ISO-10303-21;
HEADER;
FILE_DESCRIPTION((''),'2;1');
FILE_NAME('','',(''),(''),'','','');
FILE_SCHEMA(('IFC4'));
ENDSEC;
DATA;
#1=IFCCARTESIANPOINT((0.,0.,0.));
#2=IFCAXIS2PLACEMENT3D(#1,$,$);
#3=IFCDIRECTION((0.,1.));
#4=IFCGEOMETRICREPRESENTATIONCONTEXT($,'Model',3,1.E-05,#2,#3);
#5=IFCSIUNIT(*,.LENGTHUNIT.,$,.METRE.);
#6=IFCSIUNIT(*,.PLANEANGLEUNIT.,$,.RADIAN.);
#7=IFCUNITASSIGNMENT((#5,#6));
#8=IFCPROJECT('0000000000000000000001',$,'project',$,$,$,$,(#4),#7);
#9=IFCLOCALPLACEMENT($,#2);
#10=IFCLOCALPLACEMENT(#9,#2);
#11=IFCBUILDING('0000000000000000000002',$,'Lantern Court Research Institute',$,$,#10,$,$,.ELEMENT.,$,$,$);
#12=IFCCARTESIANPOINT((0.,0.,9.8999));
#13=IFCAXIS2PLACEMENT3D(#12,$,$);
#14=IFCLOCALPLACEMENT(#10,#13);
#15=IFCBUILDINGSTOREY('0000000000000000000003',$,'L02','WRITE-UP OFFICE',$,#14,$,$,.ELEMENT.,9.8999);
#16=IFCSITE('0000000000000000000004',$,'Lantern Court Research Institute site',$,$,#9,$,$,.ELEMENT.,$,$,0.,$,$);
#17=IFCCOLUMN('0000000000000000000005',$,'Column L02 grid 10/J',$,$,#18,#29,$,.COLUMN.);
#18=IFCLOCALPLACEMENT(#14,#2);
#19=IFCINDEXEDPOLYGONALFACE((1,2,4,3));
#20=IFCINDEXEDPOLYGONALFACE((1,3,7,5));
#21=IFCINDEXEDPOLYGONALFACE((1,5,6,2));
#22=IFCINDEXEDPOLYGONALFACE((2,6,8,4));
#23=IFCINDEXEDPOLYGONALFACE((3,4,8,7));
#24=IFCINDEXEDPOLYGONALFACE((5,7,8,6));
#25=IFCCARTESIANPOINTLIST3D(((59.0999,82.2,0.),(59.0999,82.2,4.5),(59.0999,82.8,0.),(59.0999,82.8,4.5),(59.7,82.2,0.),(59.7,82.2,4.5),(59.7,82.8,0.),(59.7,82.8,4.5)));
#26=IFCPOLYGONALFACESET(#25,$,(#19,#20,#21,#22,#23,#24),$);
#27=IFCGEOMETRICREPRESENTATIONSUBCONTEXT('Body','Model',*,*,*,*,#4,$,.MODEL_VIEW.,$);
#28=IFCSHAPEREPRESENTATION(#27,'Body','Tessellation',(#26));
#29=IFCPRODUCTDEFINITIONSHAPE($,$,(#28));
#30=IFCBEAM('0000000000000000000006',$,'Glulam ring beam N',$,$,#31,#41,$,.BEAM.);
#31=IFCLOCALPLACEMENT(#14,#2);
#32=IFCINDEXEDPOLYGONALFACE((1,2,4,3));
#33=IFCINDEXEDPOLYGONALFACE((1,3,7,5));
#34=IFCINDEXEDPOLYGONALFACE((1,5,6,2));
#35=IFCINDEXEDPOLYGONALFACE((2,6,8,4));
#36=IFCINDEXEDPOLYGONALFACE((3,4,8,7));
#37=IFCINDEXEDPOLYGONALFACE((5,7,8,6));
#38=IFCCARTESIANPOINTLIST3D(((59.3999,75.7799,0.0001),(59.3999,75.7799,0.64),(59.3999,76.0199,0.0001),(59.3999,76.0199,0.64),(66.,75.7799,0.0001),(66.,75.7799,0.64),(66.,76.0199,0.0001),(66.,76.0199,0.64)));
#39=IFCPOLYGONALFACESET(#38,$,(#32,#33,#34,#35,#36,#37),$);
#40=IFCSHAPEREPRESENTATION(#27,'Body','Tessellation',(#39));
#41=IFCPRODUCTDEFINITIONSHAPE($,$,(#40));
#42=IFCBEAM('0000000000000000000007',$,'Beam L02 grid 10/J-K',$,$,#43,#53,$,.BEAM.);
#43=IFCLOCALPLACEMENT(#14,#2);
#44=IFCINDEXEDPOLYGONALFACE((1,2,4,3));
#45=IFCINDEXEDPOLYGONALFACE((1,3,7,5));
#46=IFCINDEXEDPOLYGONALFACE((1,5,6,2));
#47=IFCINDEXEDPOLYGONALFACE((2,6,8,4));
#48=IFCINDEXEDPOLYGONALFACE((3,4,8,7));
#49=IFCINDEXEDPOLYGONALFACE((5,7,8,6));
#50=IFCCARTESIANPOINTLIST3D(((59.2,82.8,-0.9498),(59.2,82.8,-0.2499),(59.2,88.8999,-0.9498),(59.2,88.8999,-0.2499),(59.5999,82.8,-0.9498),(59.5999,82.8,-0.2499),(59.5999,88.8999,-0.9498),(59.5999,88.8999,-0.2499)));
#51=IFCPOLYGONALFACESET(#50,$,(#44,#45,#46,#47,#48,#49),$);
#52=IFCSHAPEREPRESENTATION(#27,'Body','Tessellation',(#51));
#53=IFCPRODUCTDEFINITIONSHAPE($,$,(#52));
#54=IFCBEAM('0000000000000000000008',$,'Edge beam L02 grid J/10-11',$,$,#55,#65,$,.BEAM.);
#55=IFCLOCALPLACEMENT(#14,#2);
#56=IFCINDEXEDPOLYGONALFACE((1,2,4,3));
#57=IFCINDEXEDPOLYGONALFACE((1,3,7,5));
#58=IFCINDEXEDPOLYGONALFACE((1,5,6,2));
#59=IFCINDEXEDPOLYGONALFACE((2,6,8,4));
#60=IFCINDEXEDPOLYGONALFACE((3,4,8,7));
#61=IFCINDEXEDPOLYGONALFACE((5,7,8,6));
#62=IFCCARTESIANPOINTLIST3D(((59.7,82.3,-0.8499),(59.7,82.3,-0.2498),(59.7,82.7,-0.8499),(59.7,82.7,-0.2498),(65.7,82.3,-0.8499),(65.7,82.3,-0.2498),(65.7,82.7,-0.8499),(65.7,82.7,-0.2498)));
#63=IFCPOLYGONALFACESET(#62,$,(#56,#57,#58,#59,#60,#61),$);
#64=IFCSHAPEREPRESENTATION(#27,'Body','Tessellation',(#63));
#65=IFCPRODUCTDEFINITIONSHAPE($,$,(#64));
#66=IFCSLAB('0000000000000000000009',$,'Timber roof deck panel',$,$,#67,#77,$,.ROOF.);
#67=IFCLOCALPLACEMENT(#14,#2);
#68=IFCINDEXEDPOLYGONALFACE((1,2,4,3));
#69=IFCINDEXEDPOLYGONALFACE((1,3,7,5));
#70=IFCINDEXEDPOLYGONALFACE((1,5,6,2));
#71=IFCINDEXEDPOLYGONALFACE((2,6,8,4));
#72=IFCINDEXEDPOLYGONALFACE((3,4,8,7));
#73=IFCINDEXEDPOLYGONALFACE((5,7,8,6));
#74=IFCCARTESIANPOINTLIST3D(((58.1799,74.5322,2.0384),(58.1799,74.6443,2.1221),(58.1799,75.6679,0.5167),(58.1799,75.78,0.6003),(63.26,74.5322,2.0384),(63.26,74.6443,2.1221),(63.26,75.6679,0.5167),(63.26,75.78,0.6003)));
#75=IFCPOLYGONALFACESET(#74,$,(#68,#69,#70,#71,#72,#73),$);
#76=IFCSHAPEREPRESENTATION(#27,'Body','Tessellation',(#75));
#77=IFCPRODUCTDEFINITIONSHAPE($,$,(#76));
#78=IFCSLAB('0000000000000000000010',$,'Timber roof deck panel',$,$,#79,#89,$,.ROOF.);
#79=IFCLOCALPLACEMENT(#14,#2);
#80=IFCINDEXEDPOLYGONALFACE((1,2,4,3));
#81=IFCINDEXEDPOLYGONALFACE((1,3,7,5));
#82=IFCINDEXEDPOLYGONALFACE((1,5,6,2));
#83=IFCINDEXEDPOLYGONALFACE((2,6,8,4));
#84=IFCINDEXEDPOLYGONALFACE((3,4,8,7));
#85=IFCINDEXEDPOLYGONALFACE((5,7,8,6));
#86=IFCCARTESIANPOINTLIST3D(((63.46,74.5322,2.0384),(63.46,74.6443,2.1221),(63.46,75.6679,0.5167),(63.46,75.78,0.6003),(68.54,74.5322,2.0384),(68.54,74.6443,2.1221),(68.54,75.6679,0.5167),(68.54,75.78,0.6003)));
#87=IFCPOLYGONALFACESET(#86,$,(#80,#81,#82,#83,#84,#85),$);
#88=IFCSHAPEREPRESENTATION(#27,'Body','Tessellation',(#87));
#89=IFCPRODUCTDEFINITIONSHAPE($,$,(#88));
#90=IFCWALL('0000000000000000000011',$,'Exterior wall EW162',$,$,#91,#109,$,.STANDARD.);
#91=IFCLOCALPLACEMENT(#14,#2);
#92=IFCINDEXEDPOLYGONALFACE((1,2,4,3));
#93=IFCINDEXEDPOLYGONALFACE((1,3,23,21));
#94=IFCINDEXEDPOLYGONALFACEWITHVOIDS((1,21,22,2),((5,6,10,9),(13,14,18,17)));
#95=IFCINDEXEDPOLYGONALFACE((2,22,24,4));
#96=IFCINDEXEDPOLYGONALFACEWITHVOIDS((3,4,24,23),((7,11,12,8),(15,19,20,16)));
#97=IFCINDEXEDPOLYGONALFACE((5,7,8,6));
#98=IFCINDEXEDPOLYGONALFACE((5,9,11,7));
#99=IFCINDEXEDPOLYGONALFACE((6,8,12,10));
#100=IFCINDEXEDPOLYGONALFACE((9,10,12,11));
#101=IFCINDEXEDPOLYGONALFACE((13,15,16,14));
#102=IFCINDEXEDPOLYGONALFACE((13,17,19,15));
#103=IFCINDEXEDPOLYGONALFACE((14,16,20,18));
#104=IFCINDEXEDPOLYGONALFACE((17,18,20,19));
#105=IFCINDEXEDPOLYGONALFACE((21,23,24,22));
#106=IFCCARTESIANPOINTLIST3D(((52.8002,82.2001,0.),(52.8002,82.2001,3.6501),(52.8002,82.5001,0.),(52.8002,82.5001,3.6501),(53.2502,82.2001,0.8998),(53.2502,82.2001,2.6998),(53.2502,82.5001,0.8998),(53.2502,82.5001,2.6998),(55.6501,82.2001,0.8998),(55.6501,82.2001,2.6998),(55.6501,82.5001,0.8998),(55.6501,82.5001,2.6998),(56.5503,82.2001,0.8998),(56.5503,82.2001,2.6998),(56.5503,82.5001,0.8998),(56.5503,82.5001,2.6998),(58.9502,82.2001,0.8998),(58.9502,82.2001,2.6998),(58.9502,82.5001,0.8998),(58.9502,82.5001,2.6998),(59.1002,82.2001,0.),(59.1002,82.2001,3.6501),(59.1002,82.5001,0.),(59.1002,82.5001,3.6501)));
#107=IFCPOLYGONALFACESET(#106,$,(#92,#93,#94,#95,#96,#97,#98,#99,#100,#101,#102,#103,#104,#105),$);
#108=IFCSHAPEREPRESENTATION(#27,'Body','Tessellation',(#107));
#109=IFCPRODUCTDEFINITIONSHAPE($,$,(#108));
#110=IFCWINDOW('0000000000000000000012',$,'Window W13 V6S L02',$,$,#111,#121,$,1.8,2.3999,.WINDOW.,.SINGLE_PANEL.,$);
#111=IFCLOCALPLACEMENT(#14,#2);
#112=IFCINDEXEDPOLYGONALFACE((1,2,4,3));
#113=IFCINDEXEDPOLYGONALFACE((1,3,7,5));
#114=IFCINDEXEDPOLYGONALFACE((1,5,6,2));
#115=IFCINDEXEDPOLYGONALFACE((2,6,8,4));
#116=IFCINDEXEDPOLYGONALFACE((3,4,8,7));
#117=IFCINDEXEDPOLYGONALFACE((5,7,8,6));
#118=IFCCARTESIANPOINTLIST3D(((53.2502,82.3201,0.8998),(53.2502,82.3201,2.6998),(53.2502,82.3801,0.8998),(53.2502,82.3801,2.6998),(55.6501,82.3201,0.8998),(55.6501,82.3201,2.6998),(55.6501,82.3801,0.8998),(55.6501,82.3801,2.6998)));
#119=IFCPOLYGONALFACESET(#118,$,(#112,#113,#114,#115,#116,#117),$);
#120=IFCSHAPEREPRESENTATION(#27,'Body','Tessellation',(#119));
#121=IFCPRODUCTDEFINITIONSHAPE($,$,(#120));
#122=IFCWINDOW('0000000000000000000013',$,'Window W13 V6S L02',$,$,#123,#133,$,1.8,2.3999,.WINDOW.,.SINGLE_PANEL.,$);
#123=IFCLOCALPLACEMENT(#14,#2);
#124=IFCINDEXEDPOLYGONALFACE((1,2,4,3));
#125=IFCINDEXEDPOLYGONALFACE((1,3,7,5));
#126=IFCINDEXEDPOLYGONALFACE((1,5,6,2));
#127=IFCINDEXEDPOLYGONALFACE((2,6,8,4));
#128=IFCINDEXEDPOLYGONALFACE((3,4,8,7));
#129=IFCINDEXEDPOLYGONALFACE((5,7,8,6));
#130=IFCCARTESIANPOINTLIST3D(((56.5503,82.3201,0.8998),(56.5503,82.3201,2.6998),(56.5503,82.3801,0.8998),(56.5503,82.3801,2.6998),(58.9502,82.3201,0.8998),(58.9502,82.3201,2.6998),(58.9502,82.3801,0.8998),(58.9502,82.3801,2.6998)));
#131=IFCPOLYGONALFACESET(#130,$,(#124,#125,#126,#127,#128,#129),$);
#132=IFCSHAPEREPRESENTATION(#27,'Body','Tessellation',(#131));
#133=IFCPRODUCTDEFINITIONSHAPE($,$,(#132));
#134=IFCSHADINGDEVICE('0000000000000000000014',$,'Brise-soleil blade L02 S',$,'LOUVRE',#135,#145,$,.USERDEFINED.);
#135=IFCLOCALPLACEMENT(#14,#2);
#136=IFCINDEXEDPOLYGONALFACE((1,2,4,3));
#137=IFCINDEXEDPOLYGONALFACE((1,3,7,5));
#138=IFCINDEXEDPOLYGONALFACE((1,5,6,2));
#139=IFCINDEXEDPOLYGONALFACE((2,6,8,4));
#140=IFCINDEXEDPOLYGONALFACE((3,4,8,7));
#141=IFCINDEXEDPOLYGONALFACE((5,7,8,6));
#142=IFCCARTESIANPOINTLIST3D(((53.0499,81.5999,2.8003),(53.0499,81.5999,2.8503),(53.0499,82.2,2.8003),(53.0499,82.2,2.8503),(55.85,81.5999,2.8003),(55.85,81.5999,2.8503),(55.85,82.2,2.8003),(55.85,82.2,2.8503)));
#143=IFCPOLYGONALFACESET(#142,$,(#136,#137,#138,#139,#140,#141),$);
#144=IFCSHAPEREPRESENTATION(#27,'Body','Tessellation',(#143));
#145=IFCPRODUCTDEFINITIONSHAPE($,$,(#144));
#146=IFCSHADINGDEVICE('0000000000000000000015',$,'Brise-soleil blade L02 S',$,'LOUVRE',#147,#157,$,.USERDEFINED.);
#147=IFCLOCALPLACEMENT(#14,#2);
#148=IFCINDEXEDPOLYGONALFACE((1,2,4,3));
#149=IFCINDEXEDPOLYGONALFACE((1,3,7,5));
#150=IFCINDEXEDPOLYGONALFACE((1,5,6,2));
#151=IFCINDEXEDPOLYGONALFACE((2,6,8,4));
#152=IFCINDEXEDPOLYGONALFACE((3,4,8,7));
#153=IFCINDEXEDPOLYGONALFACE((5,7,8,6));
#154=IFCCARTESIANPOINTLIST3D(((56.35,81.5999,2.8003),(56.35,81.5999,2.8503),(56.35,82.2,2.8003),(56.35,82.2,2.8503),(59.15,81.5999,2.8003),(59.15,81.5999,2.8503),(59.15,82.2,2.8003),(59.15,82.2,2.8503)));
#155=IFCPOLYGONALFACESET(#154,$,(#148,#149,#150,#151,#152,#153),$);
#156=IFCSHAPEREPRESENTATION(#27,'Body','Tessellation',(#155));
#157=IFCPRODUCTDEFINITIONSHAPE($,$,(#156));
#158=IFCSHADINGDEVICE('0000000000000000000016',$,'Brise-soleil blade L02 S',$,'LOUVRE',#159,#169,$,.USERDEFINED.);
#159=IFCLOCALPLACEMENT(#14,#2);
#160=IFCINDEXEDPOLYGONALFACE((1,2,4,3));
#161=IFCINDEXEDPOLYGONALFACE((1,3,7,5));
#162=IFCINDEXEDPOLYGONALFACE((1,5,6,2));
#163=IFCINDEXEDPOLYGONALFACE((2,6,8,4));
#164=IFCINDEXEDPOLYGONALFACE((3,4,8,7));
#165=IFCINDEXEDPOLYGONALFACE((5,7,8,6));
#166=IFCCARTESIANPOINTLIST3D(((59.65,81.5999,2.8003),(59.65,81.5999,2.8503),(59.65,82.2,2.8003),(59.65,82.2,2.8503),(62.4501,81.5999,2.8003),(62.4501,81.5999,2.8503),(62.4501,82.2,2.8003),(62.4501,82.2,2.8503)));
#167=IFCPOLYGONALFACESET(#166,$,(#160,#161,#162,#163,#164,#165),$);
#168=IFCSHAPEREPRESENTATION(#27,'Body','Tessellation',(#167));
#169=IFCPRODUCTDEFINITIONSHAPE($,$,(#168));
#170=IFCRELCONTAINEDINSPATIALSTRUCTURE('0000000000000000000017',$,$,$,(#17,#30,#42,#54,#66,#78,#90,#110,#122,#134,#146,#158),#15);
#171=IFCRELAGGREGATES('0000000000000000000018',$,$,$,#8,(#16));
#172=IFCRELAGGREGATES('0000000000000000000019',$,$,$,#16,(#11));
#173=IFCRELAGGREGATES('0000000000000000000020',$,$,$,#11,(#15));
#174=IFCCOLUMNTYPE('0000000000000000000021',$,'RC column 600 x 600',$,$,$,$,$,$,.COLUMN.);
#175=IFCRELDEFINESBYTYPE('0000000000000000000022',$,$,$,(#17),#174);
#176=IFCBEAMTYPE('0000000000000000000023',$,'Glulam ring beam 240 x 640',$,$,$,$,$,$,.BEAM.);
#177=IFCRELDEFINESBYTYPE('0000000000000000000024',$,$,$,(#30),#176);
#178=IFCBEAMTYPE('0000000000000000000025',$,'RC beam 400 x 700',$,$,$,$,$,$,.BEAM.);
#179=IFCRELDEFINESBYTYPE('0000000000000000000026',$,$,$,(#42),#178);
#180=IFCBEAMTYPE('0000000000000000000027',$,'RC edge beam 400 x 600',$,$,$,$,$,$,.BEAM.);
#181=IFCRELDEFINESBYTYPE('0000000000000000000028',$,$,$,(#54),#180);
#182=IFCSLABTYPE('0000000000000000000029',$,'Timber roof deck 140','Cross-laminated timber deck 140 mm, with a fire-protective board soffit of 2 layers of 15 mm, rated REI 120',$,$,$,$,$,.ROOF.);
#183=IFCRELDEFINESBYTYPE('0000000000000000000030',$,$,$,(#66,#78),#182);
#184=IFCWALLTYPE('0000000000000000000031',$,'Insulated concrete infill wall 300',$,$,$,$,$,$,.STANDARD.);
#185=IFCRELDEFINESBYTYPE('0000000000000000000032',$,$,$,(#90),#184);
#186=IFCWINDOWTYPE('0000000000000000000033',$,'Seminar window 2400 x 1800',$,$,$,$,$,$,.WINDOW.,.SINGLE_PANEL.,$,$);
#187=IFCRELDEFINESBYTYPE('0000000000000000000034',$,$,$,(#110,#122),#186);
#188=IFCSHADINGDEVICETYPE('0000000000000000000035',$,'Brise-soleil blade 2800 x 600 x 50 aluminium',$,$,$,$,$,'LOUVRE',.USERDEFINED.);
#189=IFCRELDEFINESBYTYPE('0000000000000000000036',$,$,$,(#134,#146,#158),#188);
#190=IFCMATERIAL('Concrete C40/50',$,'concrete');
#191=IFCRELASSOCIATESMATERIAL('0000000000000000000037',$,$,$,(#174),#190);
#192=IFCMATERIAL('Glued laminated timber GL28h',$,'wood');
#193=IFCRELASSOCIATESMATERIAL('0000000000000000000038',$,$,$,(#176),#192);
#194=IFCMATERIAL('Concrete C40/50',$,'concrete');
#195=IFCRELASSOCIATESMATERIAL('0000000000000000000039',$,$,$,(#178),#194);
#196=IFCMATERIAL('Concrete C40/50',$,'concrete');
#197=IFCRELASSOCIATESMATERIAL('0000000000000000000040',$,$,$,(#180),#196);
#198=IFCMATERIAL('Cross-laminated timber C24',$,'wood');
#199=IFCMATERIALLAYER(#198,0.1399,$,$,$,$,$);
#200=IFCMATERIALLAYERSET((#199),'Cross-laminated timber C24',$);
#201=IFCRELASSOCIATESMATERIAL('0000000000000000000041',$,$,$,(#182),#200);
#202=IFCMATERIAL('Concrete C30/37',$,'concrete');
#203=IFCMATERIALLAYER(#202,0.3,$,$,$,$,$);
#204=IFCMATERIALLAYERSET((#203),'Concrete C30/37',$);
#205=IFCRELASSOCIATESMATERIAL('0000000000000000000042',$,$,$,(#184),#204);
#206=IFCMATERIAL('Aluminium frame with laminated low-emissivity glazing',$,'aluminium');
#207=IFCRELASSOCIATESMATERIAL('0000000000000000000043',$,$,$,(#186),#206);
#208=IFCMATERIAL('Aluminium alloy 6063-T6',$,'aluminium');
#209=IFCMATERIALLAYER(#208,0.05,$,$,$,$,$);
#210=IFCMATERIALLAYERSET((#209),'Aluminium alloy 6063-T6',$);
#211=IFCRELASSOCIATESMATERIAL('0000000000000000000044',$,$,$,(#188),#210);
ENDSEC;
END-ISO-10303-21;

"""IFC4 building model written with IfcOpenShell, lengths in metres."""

from ifc_helpers import new_model, si_unit, direction, frame, frame_2d, origin, origin_2d, place, context, subcontext, project, spatial, polyline, rectangle, outline, extrude, material, layer, layer_set, material_profile, profile_set, type_object, element, fill, save


model = new_model("IFC4")

# Units and contexts
model_context = context("Model", 3, precision=1e-05, world=origin(), true_north=direction((0.0, 1.0)))
body_context = subcontext(model_context, "Body", "Model", "MODEL_VIEW")
ifc_project = project(units=[si_unit("LENGTHUNIT", "METRE"), si_unit("PLANEANGLEUNIT", "RADIAN")], contexts=[model_context])

# Site, building, storey
site_placement = place(None, origin())
site = spatial("IfcSite", under=ifc_project, at=site_placement, Name="Lantern Court Research Institute site", CompositionType="ELEMENT", RefElevation=0.0)
building_placement = place(site_placement, origin())
building = spatial("IfcBuilding", under=site, at=building_placement, Name="Lantern Court Research Institute", CompositionType="ELEMENT")
storey_placement = place(building_placement, frame((0.0, 0.0, 9.8999)))
storey = spatial("IfcBuildingStorey", under=building, at=storey_placement, Name="L02", Description="WRITE-UP OFFICE", CompositionType="ELEMENT", Elevation=9.8999)

# Column
ifc_material_1 = material(Name="Concrete C40/50", Category="concrete")
ifc_material_profile_1 = material_profile(ifc_material_1, rectangle(XDim=0.6001, YDim=0.6001, at=origin_2d()), Name="RC column 600 x 600")
ifc_profile_set_1 = profile_set([ifc_material_profile_1], Name="Concrete C40/50")
column_type = type_object("IfcColumnType", Name="RC column 600 x 600", PredefinedType="COLUMN", material=ifc_profile_set_1)
column_placement = place(storey_placement, frame((59.3999, 82.5, 0.0), z_axis=(0.0, 0.0, 1.0), x_axis=(1.0, 0.0, 0.0)))
element("IfcColumn", 1, at=column_placement, inside=storey, type_object=column_type, Name="Column L02 grid 10/J", PredefinedType="COLUMN", context=body_context, shape_type="SweptSolid", body=[
    extrude(rectangle(XDim=0.6001, YDim=0.6001, at=origin_2d()), origin(), (0.0, 0.0, 1.0), 4.5),
])

# Beams
ifc_material_2 = material(Name="Glued laminated timber GL28h", Category="wood")
ifc_material_profile_2 = material_profile(ifc_material_2, rectangle(XDim=0.24, YDim=0.6399, at=origin_2d()), Name="Glulam ring beam 240 x 640")
ifc_profile_set_2 = profile_set([ifc_material_profile_2], Name="Glued laminated timber GL28h")
beam_type_1 = type_object("IfcBeamType", Name="Glulam ring beam 240 x 640", PredefinedType="BEAM", material=ifc_profile_set_2)
beam_1_placement = place(storey_placement, frame((59.3999, 75.8999, 0.3201), z_axis=(1.0, 0.0, 0.0), x_axis=(0.0, 1.0, 0.0)))
element("IfcBeam", 2, at=beam_1_placement, inside=storey, type_object=beam_type_1, Name="Glulam ring beam N", PredefinedType="BEAM", context=body_context, shape_type="SweptSolid", body=[
    extrude(rectangle(XDim=0.24, YDim=0.6399, at=origin_2d()), origin(), (0.0, 0.0, 1.0), 6.6001),
])
ifc_material_3 = material(Name="Concrete C40/50", Category="concrete")
ifc_material_profile_3 = material_profile(ifc_material_3, rectangle(XDim=0.3999, YDim=0.7, at=origin_2d()), Name="RC beam 400 x 700")
ifc_profile_set_3 = profile_set([ifc_material_profile_3], Name="Concrete C40/50")
beam_type_2 = type_object("IfcBeamType", Name="RC beam 400 x 700", PredefinedType="BEAM", material=ifc_profile_set_3)
beam_2_placement = place(storey_placement, frame((59.3999, 82.8, -0.5999), z_axis=(0.0, 1.0, 0.0), x_axis=(-1.0, 0.0, 0.0)))
element("IfcBeam", 3, at=beam_2_placement, inside=storey, type_object=beam_type_2, Name="Beam L02 grid 10/J-K", PredefinedType="BEAM", context=body_context, shape_type="SweptSolid", body=[
    extrude(rectangle(XDim=0.3999, YDim=0.7, at=origin_2d()), origin(), (0.0, 0.0, 1.0), 6.0999),
])
ifc_material_4 = material(Name="Concrete C40/50", Category="concrete")
ifc_material_profile_4 = material_profile(ifc_material_4, rectangle(XDim=0.3999, YDim=0.6001, at=origin_2d()), Name="RC beam 400 x 600")
ifc_profile_set_4 = profile_set([ifc_material_profile_4], Name="Concrete C40/50")
beam_type_3 = type_object("IfcBeamType", Name="RC edge beam 400 x 600", PredefinedType="BEAM", material=ifc_profile_set_4)
beam_3_placement = place(storey_placement, frame((59.7, 82.5, -0.5498), z_axis=(1.0, 0.0, 0.0), x_axis=(0.0, 1.0, 0.0)))
element("IfcBeam", 4, at=beam_3_placement, inside=storey, type_object=beam_type_3, Name="Edge beam L02 grid J/10-11", PredefinedType="BEAM", context=body_context, shape_type="SweptSolid", body=[
    extrude(rectangle(XDim=0.3999, YDim=0.6001, at=origin_2d()), origin(), (0.0, 0.0, 1.0), 6.0),
])

# Slabs
ifc_material_5 = material(Name="Cross-laminated timber C24", Category="wood")
ifc_layer_1 = layer(ifc_material_5, 0.1399)
ifc_layer_set_1 = layer_set([ifc_layer_1], Name="Cross-laminated timber C24")
slab_type = type_object("IfcSlabType", Name="Timber roof deck 140", Description="Cross-laminated timber deck 140 mm, with a fire-protective board soffit of 2 layers of 15 mm, rated REI 120", PredefinedType="ROOF", material=ifc_layer_set_1)
for number, where, z_axis, x_axis, name in (
    (5, (58.1799, 74.6443, 2.1221), (0.0, 0.801402, 0.598126), (1.0, 0.0, 0.0), "Timber roof deck panel"),
    (6, (63.46, 74.6443, 2.1221), (0.0, 0.801402, 0.598126), (1.0, 0.0, 0.0), "Timber roof deck panel"),
):
    element("IfcSlab", number, at=place(storey_placement, frame(where, z_axis=z_axis, x_axis=x_axis)), inside=storey, type_object=slab_type, Name=name, PredefinedType="ROOF", context=body_context, shape_type="SweptSolid", body=[
        extrude(outline(polyline([(0.0, 0.0), (5.0801, 0.0), (5.0801, 1.8988), (0.0, 1.8988), (0.0, 0.0)])), origin(), (0.0, 0.0, -1.0), 0.1399),
    ])

# Wall, openings, windows
ifc_material_6 = material(Name="Concrete C30/37", Category="concrete")
ifc_layer_2 = layer(ifc_material_6, 0.3)
ifc_layer_set_2 = layer_set([ifc_layer_2], Name="Concrete C30/37")
wall_type = type_object("IfcWallType", Name="Insulated concrete infill wall 300", PredefinedType="STANDARD", material=ifc_layer_set_2)
wall_placement = place(storey_placement, frame((59.1001, 82.3501, 0.0), z_axis=(0.0, 0.0, 1.0), x_axis=(-1.0, 0.0, 0.0)))
wall = element("IfcWall", 7, at=wall_placement, inside=storey, type_object=wall_type, Name="Exterior wall EW162", PredefinedType="STANDARD", context=body_context, shape_type="SweptSolid", body=[
    extrude(rectangle(XDim=6.3, YDim=0.3, at=frame_2d((3.1499, 0.0))), origin(), (0.0, 0.0, 1.0), 3.6501),
])
opening_1_placement = place(wall_placement, frame((3.45, 0.0, 0.8999)))
opening_1 = element("IfcOpeningElement", 8, at=opening_1_placement, cuts=wall, PredefinedType="OPENING", context=body_context, shape_type="SweptSolid", body=[
    extrude(rectangle(XDim=2.3999, YDim=1.8, at=frame_2d((1.2, 0.8999))), frame((0.0, 0.1599, 0.0), z_axis=(0.0, -1.0, 0.0), x_axis=(1.0, 0.0, 0.0)), (0.0, 0.0, 1.0), 0.3201),
])
opening_2_placement = place(wall_placement, frame((0.1499, 0.0, 0.8999)))
opening_2 = element("IfcOpeningElement", 9, at=opening_2_placement, cuts=wall, PredefinedType="OPENING", context=body_context, shape_type="SweptSolid", body=[
    extrude(rectangle(XDim=2.3999, YDim=1.8, at=frame_2d((1.2, 0.8999))), frame((0.0, 0.1599, 0.0), z_axis=(0.0, -1.0, 0.0), x_axis=(1.0, 0.0, 0.0)), (0.0, 0.0, 1.0), 0.3201),
])
ifc_material_7 = material(Name="Aluminium frame with laminated low-emissivity glazing", Category="aluminium")
window_type = type_object("IfcWindowType", Name="Seminar window 2400 x 1800", PartitioningType="SINGLE_PANEL", PredefinedType="WINDOW", material=ifc_material_7)
window_1_placement = place(opening_1_placement, origin())
window_1 = element("IfcWindow", 10, at=window_1_placement, inside=storey, type_object=window_type, Name="Window W13 V6S L02", OverallHeight=1.8, OverallWidth=2.3999, PartitioningType="SINGLE_PANEL", PredefinedType="WINDOW", context=body_context, shape_type="SweptSolid", body=[
    extrude(rectangle(XDim=2.3999, YDim=1.8, at=frame_2d((1.2, 0.8999))), frame((0.0, 0.03, 0.0), z_axis=(0.0, -1.0, 0.0), x_axis=(1.0, 0.0, 0.0)), (0.0, 0.0, 1.0), 0.0601),
])
fill(opening_1, window_1)
window_2_placement = place(opening_2_placement, origin())
window_2 = element("IfcWindow", 11, at=window_2_placement, inside=storey, type_object=window_type, Name="Window W13 V6S L02", OverallHeight=1.8, OverallWidth=2.3999, PartitioningType="SINGLE_PANEL", PredefinedType="WINDOW", context=body_context, shape_type="SweptSolid", body=[
    extrude(rectangle(XDim=2.3999, YDim=1.8, at=frame_2d((1.2, 0.8999))), frame((0.0, 0.03, 0.0), z_axis=(0.0, -1.0, 0.0), x_axis=(1.0, 0.0, 0.0)), (0.0, 0.0, 1.0), 0.0601),
])
fill(opening_2, window_2)

# Shading devices
ifc_material_8 = material(Name="Aluminium alloy 6063-T6", Category="aluminium")
ifc_layer_3 = layer(ifc_material_8, 0.05)
ifc_layer_set_3 = layer_set([ifc_layer_3], Name="Aluminium alloy 6063-T6")
shading_device_type = type_object("IfcShadingDeviceType", Name="Brise-soleil blade 2800 x 600 x 50 aluminium", ElementType="LOUVRE", PredefinedType="USERDEFINED", material=ifc_layer_set_3)
for number, where, z_axis, x_axis, name in (
    (12, (54.45, 81.8999, 2.8003), (0.0, 0.0, 1.0), (-1.0, 0.0, 0.0), "Brise-soleil blade L02 S"),
    (13, (57.75, 81.8999, 2.8003), (0.0, 0.0, 1.0), (-1.0, 0.0, 0.0), "Brise-soleil blade L02 S"),
    (14, (61.05, 81.8999, 2.8003), (0.0, 0.0, 1.0), (-1.0, 0.0, 0.0), "Brise-soleil blade L02 S"),
):
    element("IfcShadingDevice", number, at=place(storey_placement, frame(where, z_axis=z_axis, x_axis=x_axis)), inside=storey, type_object=shading_device_type, Name=name, ObjectType="LOUVRE", PredefinedType="USERDEFINED", context=body_context, shape_type="SweptSolid", body=[
        extrude(rectangle(XDim=2.8, YDim=0.6001, at=origin_2d()), origin(), (0.0, 0.0, 1.0), 0.05),
    ])

save(model, "model.ifc")
